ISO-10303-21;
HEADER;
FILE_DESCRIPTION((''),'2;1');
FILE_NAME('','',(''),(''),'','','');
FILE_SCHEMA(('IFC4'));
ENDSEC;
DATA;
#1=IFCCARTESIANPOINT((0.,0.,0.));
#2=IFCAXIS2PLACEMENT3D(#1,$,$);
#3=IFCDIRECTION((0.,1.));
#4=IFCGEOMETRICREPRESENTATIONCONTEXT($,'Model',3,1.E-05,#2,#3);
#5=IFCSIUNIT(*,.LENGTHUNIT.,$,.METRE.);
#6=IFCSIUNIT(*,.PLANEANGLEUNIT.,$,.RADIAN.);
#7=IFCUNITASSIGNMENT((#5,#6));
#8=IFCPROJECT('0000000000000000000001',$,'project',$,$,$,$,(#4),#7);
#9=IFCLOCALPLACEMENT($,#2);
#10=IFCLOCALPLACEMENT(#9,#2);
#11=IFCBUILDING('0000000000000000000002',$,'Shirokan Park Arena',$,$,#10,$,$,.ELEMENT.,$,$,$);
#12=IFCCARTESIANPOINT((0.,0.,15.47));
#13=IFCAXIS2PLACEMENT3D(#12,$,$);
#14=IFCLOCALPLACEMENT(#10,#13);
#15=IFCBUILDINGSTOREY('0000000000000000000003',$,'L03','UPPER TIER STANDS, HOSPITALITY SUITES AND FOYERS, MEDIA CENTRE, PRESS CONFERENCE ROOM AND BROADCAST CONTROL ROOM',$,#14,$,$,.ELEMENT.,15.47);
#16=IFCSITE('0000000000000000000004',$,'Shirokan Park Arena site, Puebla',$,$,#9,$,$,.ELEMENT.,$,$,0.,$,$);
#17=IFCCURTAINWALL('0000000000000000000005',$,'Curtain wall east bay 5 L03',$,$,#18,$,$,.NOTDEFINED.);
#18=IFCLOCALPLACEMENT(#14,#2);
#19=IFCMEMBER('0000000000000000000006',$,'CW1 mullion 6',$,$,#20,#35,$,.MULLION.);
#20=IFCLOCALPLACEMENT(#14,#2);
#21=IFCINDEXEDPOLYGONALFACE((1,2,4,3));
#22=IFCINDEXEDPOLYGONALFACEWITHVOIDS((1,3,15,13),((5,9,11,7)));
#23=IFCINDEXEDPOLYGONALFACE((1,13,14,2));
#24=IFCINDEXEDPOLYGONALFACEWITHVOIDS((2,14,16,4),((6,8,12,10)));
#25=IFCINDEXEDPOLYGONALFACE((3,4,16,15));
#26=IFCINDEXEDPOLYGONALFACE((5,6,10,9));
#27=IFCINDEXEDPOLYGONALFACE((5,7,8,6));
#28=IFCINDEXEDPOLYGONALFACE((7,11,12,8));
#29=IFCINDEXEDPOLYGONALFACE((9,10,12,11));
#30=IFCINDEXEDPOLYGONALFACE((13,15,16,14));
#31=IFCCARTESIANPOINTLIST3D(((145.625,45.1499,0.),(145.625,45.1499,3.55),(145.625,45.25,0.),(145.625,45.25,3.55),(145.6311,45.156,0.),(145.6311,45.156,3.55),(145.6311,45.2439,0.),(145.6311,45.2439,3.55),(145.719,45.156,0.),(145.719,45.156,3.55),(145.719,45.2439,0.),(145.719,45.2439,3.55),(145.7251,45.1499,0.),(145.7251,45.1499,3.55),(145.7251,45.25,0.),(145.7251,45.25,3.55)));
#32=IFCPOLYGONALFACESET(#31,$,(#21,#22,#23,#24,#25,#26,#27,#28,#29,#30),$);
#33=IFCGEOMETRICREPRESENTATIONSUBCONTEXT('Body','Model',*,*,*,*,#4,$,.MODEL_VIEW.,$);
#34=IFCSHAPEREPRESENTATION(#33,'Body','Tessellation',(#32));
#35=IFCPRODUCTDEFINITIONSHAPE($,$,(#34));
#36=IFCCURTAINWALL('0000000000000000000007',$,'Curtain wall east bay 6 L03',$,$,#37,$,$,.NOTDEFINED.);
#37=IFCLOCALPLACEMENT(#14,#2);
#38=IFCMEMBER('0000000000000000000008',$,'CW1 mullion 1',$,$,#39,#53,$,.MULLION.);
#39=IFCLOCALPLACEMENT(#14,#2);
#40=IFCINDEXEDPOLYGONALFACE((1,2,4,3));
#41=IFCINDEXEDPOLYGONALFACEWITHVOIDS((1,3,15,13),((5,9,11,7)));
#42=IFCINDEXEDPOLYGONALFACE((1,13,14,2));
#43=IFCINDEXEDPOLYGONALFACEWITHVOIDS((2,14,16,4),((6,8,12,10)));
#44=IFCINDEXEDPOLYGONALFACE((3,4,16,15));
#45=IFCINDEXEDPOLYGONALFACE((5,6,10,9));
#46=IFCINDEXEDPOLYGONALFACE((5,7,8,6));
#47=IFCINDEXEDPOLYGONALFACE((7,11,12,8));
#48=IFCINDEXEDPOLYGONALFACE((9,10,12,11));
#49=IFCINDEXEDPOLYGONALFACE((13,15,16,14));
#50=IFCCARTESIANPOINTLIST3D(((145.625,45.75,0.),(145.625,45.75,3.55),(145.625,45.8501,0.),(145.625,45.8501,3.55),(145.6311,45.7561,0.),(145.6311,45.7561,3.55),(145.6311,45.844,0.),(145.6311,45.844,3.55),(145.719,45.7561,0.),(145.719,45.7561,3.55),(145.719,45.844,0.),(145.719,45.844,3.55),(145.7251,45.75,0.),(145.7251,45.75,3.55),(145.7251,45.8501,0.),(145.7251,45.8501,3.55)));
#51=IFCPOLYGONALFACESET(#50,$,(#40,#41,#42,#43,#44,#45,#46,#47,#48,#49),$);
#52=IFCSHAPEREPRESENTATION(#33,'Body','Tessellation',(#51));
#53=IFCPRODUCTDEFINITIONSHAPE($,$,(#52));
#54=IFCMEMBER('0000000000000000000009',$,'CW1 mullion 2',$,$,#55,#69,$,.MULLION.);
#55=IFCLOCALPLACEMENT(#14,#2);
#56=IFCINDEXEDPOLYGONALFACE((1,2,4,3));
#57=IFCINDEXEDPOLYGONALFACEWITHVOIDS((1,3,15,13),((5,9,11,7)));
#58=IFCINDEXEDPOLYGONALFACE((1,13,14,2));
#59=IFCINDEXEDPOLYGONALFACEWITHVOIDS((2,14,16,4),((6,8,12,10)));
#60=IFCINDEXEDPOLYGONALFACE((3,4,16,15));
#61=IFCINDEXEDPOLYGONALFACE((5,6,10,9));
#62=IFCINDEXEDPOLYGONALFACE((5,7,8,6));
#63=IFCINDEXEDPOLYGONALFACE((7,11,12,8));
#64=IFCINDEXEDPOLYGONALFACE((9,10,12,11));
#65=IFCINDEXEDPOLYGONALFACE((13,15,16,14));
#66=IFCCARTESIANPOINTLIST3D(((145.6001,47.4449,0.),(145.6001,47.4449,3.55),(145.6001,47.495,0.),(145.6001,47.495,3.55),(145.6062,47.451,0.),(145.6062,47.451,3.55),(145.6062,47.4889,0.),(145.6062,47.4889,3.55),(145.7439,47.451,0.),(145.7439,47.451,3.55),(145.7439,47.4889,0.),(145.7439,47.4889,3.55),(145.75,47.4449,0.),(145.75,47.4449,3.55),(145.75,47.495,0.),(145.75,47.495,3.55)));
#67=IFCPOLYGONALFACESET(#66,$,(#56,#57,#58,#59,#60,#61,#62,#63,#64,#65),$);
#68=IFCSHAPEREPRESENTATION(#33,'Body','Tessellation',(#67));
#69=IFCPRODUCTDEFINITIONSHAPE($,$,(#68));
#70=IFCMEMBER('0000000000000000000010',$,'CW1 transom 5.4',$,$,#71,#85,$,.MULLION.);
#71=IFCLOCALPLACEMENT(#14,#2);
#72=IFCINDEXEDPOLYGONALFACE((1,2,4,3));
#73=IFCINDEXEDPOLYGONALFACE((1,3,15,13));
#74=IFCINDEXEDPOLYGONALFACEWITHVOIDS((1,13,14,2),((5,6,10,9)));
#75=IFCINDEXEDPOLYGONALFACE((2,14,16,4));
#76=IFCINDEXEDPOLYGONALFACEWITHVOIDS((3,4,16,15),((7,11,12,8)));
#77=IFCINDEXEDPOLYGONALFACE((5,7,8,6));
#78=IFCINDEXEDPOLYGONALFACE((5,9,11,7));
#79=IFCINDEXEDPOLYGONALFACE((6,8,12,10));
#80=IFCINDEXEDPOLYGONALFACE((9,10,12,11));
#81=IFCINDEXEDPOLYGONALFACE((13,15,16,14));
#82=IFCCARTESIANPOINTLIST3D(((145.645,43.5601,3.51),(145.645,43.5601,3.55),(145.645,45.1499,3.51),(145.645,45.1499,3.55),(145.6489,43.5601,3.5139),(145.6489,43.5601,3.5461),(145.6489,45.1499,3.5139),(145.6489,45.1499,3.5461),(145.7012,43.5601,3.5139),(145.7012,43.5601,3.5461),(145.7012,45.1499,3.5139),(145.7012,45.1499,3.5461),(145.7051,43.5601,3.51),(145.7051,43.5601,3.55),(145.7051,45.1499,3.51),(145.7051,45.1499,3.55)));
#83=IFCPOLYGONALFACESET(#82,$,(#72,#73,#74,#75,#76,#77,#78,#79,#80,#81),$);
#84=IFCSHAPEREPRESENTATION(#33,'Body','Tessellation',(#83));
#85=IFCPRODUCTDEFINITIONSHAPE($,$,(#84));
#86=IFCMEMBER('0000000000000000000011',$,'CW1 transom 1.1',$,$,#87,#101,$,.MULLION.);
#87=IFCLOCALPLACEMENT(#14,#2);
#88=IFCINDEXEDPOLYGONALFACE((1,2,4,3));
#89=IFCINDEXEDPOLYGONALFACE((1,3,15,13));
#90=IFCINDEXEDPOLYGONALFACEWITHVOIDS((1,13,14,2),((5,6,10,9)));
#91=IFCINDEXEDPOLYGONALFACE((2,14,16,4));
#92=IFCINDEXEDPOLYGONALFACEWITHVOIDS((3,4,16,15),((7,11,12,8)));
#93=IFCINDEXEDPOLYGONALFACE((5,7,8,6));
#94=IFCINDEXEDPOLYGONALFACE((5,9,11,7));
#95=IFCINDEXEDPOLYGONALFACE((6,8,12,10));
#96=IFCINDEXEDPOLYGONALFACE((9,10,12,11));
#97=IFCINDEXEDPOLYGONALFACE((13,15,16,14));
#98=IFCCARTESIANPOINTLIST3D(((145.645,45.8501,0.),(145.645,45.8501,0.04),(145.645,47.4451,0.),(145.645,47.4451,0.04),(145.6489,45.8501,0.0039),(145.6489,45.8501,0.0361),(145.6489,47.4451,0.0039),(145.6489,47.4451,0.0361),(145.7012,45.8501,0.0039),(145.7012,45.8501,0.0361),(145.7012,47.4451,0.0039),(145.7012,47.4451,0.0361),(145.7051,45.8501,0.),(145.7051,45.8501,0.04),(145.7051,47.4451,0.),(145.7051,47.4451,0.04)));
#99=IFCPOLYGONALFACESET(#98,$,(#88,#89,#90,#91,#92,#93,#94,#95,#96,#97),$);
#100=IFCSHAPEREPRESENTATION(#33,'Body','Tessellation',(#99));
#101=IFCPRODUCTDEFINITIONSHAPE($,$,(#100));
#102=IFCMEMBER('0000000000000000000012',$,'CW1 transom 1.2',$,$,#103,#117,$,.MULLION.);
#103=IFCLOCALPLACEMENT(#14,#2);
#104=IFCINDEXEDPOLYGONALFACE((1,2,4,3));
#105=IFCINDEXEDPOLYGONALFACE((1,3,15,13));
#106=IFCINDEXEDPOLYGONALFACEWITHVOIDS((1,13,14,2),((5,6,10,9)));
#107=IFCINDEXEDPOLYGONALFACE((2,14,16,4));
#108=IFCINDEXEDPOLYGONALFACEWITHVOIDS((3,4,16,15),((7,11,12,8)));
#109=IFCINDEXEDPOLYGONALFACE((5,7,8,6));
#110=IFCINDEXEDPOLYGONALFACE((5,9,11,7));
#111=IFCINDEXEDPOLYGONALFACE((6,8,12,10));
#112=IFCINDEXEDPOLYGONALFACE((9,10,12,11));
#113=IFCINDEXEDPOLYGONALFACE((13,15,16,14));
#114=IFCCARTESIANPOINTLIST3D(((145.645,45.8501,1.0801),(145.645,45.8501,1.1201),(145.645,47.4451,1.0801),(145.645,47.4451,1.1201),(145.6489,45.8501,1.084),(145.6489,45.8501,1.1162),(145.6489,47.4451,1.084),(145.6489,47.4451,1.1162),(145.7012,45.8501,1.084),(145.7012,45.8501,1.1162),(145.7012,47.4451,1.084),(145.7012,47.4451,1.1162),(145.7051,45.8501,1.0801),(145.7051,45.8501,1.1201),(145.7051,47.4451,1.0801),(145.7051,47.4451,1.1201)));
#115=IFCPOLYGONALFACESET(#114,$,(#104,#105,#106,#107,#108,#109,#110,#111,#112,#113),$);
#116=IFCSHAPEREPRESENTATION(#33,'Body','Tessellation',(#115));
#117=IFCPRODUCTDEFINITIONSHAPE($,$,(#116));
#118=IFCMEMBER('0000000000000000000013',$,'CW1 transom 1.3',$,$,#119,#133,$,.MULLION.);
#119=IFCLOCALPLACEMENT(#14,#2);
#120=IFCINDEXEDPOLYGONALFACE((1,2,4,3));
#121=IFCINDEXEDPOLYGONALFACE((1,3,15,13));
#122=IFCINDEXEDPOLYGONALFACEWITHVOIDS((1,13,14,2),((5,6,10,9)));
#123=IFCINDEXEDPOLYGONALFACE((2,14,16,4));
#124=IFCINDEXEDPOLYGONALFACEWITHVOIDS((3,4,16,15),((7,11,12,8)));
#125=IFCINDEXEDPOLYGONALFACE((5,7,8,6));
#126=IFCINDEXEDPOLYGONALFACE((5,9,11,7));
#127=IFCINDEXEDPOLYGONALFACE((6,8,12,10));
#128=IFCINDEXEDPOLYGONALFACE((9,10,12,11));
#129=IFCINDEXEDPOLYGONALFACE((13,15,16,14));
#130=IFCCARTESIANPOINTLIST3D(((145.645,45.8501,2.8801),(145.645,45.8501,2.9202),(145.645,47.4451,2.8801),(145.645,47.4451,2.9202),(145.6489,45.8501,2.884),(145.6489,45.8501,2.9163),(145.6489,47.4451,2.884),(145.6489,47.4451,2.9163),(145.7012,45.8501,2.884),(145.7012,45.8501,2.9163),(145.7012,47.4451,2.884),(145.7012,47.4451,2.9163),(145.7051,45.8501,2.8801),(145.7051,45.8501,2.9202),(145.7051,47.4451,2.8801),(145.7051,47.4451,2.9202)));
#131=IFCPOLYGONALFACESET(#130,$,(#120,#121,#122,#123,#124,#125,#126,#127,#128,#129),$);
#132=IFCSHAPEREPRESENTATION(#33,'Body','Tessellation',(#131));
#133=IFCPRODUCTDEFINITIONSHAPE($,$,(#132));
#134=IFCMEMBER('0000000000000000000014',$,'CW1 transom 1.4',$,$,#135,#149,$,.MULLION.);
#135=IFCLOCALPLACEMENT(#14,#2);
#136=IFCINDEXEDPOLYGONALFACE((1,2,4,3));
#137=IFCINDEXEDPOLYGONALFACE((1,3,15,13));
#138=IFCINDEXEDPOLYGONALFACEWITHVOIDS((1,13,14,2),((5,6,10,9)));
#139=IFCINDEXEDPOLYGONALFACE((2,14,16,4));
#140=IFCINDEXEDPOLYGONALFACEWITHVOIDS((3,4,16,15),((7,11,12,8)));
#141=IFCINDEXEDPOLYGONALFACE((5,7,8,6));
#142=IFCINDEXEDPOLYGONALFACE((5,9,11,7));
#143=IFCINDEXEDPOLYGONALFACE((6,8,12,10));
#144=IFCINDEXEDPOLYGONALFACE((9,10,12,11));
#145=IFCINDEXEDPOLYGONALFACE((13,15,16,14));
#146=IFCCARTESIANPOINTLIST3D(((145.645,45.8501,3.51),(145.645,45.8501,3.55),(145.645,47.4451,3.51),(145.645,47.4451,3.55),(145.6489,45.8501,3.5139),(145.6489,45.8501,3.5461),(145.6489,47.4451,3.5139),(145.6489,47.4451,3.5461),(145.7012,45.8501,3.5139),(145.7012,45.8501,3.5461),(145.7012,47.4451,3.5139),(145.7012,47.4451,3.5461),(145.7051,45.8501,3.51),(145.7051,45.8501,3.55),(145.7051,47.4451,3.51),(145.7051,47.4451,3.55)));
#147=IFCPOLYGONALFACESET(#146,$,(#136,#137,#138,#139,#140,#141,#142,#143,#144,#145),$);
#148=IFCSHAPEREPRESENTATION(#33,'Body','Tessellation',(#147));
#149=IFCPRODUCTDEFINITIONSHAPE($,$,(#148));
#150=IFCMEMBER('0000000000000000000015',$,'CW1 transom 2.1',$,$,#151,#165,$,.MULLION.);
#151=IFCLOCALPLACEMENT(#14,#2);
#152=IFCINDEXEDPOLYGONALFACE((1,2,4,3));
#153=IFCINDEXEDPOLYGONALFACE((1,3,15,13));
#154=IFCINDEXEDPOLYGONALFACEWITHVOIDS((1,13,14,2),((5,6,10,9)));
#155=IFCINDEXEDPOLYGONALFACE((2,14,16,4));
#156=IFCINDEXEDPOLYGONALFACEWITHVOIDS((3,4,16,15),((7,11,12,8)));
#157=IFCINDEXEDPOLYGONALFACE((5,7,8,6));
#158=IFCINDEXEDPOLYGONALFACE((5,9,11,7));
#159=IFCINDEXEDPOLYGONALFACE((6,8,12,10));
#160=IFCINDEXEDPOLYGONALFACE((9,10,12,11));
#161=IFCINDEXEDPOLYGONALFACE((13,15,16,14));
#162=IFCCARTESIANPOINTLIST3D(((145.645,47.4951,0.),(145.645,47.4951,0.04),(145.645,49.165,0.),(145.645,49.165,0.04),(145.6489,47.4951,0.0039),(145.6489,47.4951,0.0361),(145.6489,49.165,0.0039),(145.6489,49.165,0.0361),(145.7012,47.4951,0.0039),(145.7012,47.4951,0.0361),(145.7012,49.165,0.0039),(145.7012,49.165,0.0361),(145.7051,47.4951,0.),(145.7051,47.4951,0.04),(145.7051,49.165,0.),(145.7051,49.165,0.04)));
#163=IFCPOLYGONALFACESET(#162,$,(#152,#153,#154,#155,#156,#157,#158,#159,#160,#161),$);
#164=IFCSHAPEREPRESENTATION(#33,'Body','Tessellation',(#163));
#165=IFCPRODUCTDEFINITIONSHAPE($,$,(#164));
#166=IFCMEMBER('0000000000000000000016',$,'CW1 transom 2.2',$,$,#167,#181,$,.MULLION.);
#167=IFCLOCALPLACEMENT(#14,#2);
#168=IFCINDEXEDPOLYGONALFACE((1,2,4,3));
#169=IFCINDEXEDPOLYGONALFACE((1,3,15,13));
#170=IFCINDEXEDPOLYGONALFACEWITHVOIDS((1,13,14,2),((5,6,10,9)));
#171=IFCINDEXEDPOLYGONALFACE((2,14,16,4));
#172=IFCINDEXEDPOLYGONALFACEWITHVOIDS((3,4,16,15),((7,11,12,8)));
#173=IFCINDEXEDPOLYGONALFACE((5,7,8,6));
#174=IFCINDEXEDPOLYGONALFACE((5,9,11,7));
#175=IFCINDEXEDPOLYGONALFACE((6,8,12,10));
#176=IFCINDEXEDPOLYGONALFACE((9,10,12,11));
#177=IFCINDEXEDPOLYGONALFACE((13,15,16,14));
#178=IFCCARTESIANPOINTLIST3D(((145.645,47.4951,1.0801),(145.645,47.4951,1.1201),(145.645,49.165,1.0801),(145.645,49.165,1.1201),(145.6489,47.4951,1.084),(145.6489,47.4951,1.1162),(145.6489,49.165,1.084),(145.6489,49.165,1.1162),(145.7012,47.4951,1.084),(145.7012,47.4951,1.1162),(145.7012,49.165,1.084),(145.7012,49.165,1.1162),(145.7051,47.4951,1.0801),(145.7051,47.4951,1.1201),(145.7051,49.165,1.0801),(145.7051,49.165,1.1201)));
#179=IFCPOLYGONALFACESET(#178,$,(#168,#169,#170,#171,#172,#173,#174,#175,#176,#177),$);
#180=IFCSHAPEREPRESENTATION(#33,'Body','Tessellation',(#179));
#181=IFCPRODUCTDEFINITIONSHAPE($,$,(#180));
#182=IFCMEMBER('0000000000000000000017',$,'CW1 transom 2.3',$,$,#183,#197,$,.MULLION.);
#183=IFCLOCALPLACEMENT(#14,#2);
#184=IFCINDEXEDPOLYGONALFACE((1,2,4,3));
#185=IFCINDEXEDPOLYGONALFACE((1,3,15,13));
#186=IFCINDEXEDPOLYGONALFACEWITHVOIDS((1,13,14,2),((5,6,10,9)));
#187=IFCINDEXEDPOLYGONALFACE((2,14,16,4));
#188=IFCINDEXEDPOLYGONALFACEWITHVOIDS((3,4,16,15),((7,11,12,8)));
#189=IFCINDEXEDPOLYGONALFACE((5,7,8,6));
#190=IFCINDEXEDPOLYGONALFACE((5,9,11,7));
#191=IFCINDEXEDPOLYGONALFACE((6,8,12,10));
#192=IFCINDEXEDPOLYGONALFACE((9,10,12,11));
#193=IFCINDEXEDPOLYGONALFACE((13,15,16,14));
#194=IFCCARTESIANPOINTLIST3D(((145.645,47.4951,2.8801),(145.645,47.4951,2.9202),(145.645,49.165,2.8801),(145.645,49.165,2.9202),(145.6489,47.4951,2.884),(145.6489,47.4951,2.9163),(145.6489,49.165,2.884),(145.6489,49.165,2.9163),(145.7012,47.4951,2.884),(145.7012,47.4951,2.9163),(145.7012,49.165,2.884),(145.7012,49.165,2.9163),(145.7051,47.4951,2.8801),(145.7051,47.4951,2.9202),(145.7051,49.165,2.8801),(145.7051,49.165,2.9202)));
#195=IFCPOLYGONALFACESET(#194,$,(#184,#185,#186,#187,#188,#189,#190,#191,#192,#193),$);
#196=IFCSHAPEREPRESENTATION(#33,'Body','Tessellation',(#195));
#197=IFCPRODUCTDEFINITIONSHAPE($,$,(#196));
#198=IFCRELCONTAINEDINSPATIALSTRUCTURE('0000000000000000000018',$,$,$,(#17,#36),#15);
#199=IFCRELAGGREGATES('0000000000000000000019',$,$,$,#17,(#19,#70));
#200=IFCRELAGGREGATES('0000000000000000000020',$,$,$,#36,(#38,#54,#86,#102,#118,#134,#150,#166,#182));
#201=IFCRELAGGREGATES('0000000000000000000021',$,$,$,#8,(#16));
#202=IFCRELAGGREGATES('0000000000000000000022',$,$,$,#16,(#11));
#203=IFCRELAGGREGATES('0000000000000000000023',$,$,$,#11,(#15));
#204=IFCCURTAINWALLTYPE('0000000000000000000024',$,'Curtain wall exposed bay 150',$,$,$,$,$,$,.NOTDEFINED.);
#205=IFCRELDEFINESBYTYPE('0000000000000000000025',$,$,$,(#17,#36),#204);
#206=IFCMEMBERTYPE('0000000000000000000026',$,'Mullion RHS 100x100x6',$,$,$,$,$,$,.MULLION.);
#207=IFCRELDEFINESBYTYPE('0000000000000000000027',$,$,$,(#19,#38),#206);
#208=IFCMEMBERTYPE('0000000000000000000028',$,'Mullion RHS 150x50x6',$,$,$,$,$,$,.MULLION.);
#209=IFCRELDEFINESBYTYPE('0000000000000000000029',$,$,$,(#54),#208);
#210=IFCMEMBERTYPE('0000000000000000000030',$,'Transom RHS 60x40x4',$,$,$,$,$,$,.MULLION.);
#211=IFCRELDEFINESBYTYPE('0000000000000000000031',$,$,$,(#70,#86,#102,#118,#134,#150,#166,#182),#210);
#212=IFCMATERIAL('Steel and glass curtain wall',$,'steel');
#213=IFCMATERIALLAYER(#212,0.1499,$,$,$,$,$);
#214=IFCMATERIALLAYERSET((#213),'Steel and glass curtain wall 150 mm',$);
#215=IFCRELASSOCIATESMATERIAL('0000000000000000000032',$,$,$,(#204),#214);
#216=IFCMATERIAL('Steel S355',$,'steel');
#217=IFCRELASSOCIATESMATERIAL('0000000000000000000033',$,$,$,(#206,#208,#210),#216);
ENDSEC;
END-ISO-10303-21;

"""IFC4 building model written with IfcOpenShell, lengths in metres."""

from ifc_helpers import new_model, si_unit, direction, frame, origin, origin_2d, place, context, subcontext, project, spatial, hollow_rectangle, extrude, material, layer, layer_set, material_profile, profile_set, type_object, element, aggregate, save


model = new_model("IFC4")

# Units and contexts
model_context = context("Model", 3, precision=1e-05, world=origin(), true_north=direction((0.0, 1.0)))
body_context = subcontext(model_context, "Body", "Model", "MODEL_VIEW")
ifc_project = project(units=[si_unit("LENGTHUNIT", "METRE"), si_unit("PLANEANGLEUNIT", "RADIAN")], contexts=[model_context])

# Site, building, storey
site_placement = place(None, origin())
site = spatial("IfcSite", under=ifc_project, at=site_placement, Name="Shirokan Park Arena site, Puebla", CompositionType="ELEMENT", RefElevation=0.0)
building_placement = place(site_placement, origin())
building = spatial("IfcBuilding", under=site, at=building_placement, Name="Shirokan Park Arena", CompositionType="ELEMENT")
storey_placement = place(building_placement, frame((0.0, 0.0, 15.47)))
storey = spatial("IfcBuildingStorey", under=building, at=storey_placement, Name="L03", Description="UPPER TIER STANDS, HOSPITALITY SUITES AND FOYERS, MEDIA CENTRE, PRESS CONFERENCE ROOM AND BROADCAST CONTROL ROOM", CompositionType="ELEMENT", Elevation=15.47)

# Curtain wall, member
ifc_material_1 = material(Name="Steel and glass curtain wall", Category="steel")
ifc_layer_1 = layer(ifc_material_1, 0.1499)
ifc_layer_set_1 = layer_set([ifc_layer_1], Name="Steel and glass curtain wall 150 mm")
curtain_wall_type = type_object("IfcCurtainWallType", Name="Curtain wall exposed bay 150", PredefinedType="NOTDEFINED", material=ifc_layer_set_1)
curtain_wall_1_placement = place(storey_placement, origin())
curtain_wall_1 = element("IfcCurtainWall", 1, at=curtain_wall_1_placement, inside=storey, type_object=curtain_wall_type, Name="Curtain wall east bay 5 L03", PredefinedType="NOTDEFINED")
ifc_material_2 = material(Name="Steel S355", Category="steel")
ifc_material_profile_1 = material_profile(ifc_material_2, hollow_rectangle(XDim=0.1001, YDim=0.1001, WallThickness=0.0061, at=origin_2d()), Name="RHS 100x100x6")
ifc_profile_set_1 = profile_set([ifc_material_profile_1], Name="Steel S355")
member_type_1 = type_object("IfcMemberType", Name="Mullion RHS 100x100x6", PredefinedType="MULLION", material=ifc_profile_set_1)
member_1_placement = place(storey_placement, frame((145.675, 45.2, 0.0), z_axis=(0.0, 0.0, 1.0), x_axis=(-1.0, 0.0, 0.0)))
member_1 = element("IfcMember", 2, at=member_1_placement, type_object=member_type_1, Name="CW1 mullion 6", PredefinedType="MULLION", context=body_context, shape_type="SweptSolid", body=[
    extrude(hollow_rectangle(XDim=0.1001, YDim=0.1001, WallThickness=0.0061, at=origin_2d()), origin(), (0.0, 0.0, 1.0), 3.55),
])

# Curtain wall, members
curtain_wall_2_placement = place(storey_placement, origin())
curtain_wall_2 = element("IfcCurtainWall", 3, at=curtain_wall_2_placement, inside=storey, type_object=curtain_wall_type, Name="Curtain wall east bay 6 L03", PredefinedType="NOTDEFINED")
member_2_placement = place(storey_placement, frame((145.675, 45.8, 0.0), z_axis=(0.0, 0.0, 1.0), x_axis=(-1.0, 0.0, 0.0)))
member_2 = element("IfcMember", 4, at=member_2_placement, type_object=member_type_1, Name="CW1 mullion 1", PredefinedType="MULLION", context=body_context, shape_type="SweptSolid", body=[
    extrude(hollow_rectangle(XDim=0.1001, YDim=0.1001, WallThickness=0.0061, at=origin_2d()), origin(), (0.0, 0.0, 1.0), 3.55),
])
ifc_material_profile_2 = material_profile(ifc_material_2, hollow_rectangle(XDim=0.1499, YDim=0.05, WallThickness=0.0061, at=origin_2d()), Name="RHS 150x50x6")
ifc_profile_set_2 = profile_set([ifc_material_profile_2], Name="Steel S355")
member_type_2 = type_object("IfcMemberType", Name="Mullion RHS 150x50x6", PredefinedType="MULLION", material=ifc_profile_set_2)
member_3_placement = place(storey_placement, frame((145.675, 47.47, 0.0), z_axis=(0.0, 0.0, 1.0), x_axis=(-1.0, 0.0, 0.0)))
member_3 = element("IfcMember", 5, at=member_3_placement, type_object=member_type_2, Name="CW1 mullion 2", PredefinedType="MULLION", context=body_context, shape_type="SweptSolid", body=[
    extrude(hollow_rectangle(XDim=0.1499, YDim=0.05, WallThickness=0.0061, at=origin_2d()), origin(), (0.0, 0.0, 1.0), 3.55),
])

# Members
ifc_material_profile_3 = material_profile(ifc_material_2, hollow_rectangle(XDim=0.0601, YDim=0.04, WallThickness=0.0039, at=origin_2d()), Name="RHS 60x40x4")
ifc_profile_set_3 = profile_set([ifc_material_profile_3], Name="Steel S355")
member_type_3 = type_object("IfcMemberType", Name="Transom RHS 60x40x4", PredefinedType="MULLION", material=ifc_profile_set_3)
member_4_placement = place(storey_placement, frame((145.675, 43.5601, 3.53), z_axis=(0.0, 1.0, 0.0), x_axis=(-1.0, 0.0, 0.0)))
member_4 = element("IfcMember", 6, at=member_4_placement, type_object=member_type_3, Name="CW1 transom 5.4", PredefinedType="MULLION", context=body_context, shape_type="SweptSolid", body=[
    extrude(hollow_rectangle(XDim=0.0601, YDim=0.04, WallThickness=0.0039, at=origin_2d()), origin(), (0.0, 0.0, 1.0), 1.5898),
])
member_5_placement = place(storey_placement, frame((145.675, 45.8501, 0.02), z_axis=(0.0, 1.0, 0.0), x_axis=(-1.0, 0.0, 0.0)))
member_5 = element("IfcMember", 7, at=member_5_placement, type_object=member_type_3, Name="CW1 transom 1.1", PredefinedType="MULLION", context=body_context, shape_type="SweptSolid", body=[
    extrude(hollow_rectangle(XDim=0.0601, YDim=0.04, WallThickness=0.0039, at=origin_2d()), origin(), (0.0, 0.0, 1.0), 1.595),
])
member_6_placement = place(storey_placement, frame((145.675, 45.8501, 1.1001), z_axis=(0.0, 1.0, 0.0), x_axis=(-1.0, 0.0, 0.0)))
member_6 = element("IfcMember", 8, at=member_6_placement, type_object=member_type_3, Name="CW1 transom 1.2", PredefinedType="MULLION", context=body_context, shape_type="SweptSolid", body=[
    extrude(hollow_rectangle(XDim=0.0601, YDim=0.04, WallThickness=0.0039, at=origin_2d()), origin(), (0.0, 0.0, 1.0), 1.595),
])
member_7_placement = place(storey_placement, frame((145.675, 45.8501, 2.9001), z_axis=(0.0, 1.0, 0.0), x_axis=(-1.0, 0.0, 0.0)))
member_7 = element("IfcMember", 9, at=member_7_placement, type_object=member_type_3, Name="CW1 transom 1.3", PredefinedType="MULLION", context=body_context, shape_type="SweptSolid", body=[
    extrude(hollow_rectangle(XDim=0.0601, YDim=0.04, WallThickness=0.0039, at=origin_2d()), origin(), (0.0, 0.0, 1.0), 1.595),
])
member_8_placement = place(storey_placement, frame((145.675, 45.8501, 3.53), z_axis=(0.0, 1.0, 0.0), x_axis=(-1.0, 0.0, 0.0)))
member_8 = element("IfcMember", 10, at=member_8_placement, type_object=member_type_3, Name="CW1 transom 1.4", PredefinedType="MULLION", context=body_context, shape_type="SweptSolid", body=[
    extrude(hollow_rectangle(XDim=0.0601, YDim=0.04, WallThickness=0.0039, at=origin_2d()), origin(), (0.0, 0.0, 1.0), 1.595),
])
member_9_placement = place(storey_placement, frame((145.675, 47.4951, 0.02), z_axis=(0.0, 1.0, 0.0), x_axis=(-1.0, 0.0, 0.0)))
member_9 = element("IfcMember", 11, at=member_9_placement, type_object=member_type_3, Name="CW1 transom 2.1", PredefinedType="MULLION", context=body_context, shape_type="SweptSolid", body=[
    extrude(hollow_rectangle(XDim=0.0601, YDim=0.04, WallThickness=0.0039, at=origin_2d()), origin(), (0.0, 0.0, 1.0), 1.6699),
])
member_10_placement = place(storey_placement, frame((145.675, 47.4951, 1.1001), z_axis=(0.0, 1.0, 0.0), x_axis=(-1.0, 0.0, 0.0)))
member_10 = element("IfcMember", 12, at=member_10_placement, type_object=member_type_3, Name="CW1 transom 2.2", PredefinedType="MULLION", context=body_context, shape_type="SweptSolid", body=[
    extrude(hollow_rectangle(XDim=0.0601, YDim=0.04, WallThickness=0.0039, at=origin_2d()), origin(), (0.0, 0.0, 1.0), 1.6699),
])
member_11_placement = place(storey_placement, frame((145.675, 47.4951, 2.9001), z_axis=(0.0, 1.0, 0.0), x_axis=(-1.0, 0.0, 0.0)))
member_11 = element("IfcMember", 13, at=member_11_placement, type_object=member_type_3, Name="CW1 transom 2.3", PredefinedType="MULLION", context=body_context, shape_type="SweptSolid", body=[
    extrude(hollow_rectangle(XDim=0.0601, YDim=0.04, WallThickness=0.0039, at=origin_2d()), origin(), (0.0, 0.0, 1.0), 1.6699),
])

aggregate(curtain_wall_1, [member_1, member_4])
aggregate(curtain_wall_2, [member_2, member_3, member_5, member_6, member_7, member_8, member_9, member_10, member_11])

save(model, "model.ifc")
